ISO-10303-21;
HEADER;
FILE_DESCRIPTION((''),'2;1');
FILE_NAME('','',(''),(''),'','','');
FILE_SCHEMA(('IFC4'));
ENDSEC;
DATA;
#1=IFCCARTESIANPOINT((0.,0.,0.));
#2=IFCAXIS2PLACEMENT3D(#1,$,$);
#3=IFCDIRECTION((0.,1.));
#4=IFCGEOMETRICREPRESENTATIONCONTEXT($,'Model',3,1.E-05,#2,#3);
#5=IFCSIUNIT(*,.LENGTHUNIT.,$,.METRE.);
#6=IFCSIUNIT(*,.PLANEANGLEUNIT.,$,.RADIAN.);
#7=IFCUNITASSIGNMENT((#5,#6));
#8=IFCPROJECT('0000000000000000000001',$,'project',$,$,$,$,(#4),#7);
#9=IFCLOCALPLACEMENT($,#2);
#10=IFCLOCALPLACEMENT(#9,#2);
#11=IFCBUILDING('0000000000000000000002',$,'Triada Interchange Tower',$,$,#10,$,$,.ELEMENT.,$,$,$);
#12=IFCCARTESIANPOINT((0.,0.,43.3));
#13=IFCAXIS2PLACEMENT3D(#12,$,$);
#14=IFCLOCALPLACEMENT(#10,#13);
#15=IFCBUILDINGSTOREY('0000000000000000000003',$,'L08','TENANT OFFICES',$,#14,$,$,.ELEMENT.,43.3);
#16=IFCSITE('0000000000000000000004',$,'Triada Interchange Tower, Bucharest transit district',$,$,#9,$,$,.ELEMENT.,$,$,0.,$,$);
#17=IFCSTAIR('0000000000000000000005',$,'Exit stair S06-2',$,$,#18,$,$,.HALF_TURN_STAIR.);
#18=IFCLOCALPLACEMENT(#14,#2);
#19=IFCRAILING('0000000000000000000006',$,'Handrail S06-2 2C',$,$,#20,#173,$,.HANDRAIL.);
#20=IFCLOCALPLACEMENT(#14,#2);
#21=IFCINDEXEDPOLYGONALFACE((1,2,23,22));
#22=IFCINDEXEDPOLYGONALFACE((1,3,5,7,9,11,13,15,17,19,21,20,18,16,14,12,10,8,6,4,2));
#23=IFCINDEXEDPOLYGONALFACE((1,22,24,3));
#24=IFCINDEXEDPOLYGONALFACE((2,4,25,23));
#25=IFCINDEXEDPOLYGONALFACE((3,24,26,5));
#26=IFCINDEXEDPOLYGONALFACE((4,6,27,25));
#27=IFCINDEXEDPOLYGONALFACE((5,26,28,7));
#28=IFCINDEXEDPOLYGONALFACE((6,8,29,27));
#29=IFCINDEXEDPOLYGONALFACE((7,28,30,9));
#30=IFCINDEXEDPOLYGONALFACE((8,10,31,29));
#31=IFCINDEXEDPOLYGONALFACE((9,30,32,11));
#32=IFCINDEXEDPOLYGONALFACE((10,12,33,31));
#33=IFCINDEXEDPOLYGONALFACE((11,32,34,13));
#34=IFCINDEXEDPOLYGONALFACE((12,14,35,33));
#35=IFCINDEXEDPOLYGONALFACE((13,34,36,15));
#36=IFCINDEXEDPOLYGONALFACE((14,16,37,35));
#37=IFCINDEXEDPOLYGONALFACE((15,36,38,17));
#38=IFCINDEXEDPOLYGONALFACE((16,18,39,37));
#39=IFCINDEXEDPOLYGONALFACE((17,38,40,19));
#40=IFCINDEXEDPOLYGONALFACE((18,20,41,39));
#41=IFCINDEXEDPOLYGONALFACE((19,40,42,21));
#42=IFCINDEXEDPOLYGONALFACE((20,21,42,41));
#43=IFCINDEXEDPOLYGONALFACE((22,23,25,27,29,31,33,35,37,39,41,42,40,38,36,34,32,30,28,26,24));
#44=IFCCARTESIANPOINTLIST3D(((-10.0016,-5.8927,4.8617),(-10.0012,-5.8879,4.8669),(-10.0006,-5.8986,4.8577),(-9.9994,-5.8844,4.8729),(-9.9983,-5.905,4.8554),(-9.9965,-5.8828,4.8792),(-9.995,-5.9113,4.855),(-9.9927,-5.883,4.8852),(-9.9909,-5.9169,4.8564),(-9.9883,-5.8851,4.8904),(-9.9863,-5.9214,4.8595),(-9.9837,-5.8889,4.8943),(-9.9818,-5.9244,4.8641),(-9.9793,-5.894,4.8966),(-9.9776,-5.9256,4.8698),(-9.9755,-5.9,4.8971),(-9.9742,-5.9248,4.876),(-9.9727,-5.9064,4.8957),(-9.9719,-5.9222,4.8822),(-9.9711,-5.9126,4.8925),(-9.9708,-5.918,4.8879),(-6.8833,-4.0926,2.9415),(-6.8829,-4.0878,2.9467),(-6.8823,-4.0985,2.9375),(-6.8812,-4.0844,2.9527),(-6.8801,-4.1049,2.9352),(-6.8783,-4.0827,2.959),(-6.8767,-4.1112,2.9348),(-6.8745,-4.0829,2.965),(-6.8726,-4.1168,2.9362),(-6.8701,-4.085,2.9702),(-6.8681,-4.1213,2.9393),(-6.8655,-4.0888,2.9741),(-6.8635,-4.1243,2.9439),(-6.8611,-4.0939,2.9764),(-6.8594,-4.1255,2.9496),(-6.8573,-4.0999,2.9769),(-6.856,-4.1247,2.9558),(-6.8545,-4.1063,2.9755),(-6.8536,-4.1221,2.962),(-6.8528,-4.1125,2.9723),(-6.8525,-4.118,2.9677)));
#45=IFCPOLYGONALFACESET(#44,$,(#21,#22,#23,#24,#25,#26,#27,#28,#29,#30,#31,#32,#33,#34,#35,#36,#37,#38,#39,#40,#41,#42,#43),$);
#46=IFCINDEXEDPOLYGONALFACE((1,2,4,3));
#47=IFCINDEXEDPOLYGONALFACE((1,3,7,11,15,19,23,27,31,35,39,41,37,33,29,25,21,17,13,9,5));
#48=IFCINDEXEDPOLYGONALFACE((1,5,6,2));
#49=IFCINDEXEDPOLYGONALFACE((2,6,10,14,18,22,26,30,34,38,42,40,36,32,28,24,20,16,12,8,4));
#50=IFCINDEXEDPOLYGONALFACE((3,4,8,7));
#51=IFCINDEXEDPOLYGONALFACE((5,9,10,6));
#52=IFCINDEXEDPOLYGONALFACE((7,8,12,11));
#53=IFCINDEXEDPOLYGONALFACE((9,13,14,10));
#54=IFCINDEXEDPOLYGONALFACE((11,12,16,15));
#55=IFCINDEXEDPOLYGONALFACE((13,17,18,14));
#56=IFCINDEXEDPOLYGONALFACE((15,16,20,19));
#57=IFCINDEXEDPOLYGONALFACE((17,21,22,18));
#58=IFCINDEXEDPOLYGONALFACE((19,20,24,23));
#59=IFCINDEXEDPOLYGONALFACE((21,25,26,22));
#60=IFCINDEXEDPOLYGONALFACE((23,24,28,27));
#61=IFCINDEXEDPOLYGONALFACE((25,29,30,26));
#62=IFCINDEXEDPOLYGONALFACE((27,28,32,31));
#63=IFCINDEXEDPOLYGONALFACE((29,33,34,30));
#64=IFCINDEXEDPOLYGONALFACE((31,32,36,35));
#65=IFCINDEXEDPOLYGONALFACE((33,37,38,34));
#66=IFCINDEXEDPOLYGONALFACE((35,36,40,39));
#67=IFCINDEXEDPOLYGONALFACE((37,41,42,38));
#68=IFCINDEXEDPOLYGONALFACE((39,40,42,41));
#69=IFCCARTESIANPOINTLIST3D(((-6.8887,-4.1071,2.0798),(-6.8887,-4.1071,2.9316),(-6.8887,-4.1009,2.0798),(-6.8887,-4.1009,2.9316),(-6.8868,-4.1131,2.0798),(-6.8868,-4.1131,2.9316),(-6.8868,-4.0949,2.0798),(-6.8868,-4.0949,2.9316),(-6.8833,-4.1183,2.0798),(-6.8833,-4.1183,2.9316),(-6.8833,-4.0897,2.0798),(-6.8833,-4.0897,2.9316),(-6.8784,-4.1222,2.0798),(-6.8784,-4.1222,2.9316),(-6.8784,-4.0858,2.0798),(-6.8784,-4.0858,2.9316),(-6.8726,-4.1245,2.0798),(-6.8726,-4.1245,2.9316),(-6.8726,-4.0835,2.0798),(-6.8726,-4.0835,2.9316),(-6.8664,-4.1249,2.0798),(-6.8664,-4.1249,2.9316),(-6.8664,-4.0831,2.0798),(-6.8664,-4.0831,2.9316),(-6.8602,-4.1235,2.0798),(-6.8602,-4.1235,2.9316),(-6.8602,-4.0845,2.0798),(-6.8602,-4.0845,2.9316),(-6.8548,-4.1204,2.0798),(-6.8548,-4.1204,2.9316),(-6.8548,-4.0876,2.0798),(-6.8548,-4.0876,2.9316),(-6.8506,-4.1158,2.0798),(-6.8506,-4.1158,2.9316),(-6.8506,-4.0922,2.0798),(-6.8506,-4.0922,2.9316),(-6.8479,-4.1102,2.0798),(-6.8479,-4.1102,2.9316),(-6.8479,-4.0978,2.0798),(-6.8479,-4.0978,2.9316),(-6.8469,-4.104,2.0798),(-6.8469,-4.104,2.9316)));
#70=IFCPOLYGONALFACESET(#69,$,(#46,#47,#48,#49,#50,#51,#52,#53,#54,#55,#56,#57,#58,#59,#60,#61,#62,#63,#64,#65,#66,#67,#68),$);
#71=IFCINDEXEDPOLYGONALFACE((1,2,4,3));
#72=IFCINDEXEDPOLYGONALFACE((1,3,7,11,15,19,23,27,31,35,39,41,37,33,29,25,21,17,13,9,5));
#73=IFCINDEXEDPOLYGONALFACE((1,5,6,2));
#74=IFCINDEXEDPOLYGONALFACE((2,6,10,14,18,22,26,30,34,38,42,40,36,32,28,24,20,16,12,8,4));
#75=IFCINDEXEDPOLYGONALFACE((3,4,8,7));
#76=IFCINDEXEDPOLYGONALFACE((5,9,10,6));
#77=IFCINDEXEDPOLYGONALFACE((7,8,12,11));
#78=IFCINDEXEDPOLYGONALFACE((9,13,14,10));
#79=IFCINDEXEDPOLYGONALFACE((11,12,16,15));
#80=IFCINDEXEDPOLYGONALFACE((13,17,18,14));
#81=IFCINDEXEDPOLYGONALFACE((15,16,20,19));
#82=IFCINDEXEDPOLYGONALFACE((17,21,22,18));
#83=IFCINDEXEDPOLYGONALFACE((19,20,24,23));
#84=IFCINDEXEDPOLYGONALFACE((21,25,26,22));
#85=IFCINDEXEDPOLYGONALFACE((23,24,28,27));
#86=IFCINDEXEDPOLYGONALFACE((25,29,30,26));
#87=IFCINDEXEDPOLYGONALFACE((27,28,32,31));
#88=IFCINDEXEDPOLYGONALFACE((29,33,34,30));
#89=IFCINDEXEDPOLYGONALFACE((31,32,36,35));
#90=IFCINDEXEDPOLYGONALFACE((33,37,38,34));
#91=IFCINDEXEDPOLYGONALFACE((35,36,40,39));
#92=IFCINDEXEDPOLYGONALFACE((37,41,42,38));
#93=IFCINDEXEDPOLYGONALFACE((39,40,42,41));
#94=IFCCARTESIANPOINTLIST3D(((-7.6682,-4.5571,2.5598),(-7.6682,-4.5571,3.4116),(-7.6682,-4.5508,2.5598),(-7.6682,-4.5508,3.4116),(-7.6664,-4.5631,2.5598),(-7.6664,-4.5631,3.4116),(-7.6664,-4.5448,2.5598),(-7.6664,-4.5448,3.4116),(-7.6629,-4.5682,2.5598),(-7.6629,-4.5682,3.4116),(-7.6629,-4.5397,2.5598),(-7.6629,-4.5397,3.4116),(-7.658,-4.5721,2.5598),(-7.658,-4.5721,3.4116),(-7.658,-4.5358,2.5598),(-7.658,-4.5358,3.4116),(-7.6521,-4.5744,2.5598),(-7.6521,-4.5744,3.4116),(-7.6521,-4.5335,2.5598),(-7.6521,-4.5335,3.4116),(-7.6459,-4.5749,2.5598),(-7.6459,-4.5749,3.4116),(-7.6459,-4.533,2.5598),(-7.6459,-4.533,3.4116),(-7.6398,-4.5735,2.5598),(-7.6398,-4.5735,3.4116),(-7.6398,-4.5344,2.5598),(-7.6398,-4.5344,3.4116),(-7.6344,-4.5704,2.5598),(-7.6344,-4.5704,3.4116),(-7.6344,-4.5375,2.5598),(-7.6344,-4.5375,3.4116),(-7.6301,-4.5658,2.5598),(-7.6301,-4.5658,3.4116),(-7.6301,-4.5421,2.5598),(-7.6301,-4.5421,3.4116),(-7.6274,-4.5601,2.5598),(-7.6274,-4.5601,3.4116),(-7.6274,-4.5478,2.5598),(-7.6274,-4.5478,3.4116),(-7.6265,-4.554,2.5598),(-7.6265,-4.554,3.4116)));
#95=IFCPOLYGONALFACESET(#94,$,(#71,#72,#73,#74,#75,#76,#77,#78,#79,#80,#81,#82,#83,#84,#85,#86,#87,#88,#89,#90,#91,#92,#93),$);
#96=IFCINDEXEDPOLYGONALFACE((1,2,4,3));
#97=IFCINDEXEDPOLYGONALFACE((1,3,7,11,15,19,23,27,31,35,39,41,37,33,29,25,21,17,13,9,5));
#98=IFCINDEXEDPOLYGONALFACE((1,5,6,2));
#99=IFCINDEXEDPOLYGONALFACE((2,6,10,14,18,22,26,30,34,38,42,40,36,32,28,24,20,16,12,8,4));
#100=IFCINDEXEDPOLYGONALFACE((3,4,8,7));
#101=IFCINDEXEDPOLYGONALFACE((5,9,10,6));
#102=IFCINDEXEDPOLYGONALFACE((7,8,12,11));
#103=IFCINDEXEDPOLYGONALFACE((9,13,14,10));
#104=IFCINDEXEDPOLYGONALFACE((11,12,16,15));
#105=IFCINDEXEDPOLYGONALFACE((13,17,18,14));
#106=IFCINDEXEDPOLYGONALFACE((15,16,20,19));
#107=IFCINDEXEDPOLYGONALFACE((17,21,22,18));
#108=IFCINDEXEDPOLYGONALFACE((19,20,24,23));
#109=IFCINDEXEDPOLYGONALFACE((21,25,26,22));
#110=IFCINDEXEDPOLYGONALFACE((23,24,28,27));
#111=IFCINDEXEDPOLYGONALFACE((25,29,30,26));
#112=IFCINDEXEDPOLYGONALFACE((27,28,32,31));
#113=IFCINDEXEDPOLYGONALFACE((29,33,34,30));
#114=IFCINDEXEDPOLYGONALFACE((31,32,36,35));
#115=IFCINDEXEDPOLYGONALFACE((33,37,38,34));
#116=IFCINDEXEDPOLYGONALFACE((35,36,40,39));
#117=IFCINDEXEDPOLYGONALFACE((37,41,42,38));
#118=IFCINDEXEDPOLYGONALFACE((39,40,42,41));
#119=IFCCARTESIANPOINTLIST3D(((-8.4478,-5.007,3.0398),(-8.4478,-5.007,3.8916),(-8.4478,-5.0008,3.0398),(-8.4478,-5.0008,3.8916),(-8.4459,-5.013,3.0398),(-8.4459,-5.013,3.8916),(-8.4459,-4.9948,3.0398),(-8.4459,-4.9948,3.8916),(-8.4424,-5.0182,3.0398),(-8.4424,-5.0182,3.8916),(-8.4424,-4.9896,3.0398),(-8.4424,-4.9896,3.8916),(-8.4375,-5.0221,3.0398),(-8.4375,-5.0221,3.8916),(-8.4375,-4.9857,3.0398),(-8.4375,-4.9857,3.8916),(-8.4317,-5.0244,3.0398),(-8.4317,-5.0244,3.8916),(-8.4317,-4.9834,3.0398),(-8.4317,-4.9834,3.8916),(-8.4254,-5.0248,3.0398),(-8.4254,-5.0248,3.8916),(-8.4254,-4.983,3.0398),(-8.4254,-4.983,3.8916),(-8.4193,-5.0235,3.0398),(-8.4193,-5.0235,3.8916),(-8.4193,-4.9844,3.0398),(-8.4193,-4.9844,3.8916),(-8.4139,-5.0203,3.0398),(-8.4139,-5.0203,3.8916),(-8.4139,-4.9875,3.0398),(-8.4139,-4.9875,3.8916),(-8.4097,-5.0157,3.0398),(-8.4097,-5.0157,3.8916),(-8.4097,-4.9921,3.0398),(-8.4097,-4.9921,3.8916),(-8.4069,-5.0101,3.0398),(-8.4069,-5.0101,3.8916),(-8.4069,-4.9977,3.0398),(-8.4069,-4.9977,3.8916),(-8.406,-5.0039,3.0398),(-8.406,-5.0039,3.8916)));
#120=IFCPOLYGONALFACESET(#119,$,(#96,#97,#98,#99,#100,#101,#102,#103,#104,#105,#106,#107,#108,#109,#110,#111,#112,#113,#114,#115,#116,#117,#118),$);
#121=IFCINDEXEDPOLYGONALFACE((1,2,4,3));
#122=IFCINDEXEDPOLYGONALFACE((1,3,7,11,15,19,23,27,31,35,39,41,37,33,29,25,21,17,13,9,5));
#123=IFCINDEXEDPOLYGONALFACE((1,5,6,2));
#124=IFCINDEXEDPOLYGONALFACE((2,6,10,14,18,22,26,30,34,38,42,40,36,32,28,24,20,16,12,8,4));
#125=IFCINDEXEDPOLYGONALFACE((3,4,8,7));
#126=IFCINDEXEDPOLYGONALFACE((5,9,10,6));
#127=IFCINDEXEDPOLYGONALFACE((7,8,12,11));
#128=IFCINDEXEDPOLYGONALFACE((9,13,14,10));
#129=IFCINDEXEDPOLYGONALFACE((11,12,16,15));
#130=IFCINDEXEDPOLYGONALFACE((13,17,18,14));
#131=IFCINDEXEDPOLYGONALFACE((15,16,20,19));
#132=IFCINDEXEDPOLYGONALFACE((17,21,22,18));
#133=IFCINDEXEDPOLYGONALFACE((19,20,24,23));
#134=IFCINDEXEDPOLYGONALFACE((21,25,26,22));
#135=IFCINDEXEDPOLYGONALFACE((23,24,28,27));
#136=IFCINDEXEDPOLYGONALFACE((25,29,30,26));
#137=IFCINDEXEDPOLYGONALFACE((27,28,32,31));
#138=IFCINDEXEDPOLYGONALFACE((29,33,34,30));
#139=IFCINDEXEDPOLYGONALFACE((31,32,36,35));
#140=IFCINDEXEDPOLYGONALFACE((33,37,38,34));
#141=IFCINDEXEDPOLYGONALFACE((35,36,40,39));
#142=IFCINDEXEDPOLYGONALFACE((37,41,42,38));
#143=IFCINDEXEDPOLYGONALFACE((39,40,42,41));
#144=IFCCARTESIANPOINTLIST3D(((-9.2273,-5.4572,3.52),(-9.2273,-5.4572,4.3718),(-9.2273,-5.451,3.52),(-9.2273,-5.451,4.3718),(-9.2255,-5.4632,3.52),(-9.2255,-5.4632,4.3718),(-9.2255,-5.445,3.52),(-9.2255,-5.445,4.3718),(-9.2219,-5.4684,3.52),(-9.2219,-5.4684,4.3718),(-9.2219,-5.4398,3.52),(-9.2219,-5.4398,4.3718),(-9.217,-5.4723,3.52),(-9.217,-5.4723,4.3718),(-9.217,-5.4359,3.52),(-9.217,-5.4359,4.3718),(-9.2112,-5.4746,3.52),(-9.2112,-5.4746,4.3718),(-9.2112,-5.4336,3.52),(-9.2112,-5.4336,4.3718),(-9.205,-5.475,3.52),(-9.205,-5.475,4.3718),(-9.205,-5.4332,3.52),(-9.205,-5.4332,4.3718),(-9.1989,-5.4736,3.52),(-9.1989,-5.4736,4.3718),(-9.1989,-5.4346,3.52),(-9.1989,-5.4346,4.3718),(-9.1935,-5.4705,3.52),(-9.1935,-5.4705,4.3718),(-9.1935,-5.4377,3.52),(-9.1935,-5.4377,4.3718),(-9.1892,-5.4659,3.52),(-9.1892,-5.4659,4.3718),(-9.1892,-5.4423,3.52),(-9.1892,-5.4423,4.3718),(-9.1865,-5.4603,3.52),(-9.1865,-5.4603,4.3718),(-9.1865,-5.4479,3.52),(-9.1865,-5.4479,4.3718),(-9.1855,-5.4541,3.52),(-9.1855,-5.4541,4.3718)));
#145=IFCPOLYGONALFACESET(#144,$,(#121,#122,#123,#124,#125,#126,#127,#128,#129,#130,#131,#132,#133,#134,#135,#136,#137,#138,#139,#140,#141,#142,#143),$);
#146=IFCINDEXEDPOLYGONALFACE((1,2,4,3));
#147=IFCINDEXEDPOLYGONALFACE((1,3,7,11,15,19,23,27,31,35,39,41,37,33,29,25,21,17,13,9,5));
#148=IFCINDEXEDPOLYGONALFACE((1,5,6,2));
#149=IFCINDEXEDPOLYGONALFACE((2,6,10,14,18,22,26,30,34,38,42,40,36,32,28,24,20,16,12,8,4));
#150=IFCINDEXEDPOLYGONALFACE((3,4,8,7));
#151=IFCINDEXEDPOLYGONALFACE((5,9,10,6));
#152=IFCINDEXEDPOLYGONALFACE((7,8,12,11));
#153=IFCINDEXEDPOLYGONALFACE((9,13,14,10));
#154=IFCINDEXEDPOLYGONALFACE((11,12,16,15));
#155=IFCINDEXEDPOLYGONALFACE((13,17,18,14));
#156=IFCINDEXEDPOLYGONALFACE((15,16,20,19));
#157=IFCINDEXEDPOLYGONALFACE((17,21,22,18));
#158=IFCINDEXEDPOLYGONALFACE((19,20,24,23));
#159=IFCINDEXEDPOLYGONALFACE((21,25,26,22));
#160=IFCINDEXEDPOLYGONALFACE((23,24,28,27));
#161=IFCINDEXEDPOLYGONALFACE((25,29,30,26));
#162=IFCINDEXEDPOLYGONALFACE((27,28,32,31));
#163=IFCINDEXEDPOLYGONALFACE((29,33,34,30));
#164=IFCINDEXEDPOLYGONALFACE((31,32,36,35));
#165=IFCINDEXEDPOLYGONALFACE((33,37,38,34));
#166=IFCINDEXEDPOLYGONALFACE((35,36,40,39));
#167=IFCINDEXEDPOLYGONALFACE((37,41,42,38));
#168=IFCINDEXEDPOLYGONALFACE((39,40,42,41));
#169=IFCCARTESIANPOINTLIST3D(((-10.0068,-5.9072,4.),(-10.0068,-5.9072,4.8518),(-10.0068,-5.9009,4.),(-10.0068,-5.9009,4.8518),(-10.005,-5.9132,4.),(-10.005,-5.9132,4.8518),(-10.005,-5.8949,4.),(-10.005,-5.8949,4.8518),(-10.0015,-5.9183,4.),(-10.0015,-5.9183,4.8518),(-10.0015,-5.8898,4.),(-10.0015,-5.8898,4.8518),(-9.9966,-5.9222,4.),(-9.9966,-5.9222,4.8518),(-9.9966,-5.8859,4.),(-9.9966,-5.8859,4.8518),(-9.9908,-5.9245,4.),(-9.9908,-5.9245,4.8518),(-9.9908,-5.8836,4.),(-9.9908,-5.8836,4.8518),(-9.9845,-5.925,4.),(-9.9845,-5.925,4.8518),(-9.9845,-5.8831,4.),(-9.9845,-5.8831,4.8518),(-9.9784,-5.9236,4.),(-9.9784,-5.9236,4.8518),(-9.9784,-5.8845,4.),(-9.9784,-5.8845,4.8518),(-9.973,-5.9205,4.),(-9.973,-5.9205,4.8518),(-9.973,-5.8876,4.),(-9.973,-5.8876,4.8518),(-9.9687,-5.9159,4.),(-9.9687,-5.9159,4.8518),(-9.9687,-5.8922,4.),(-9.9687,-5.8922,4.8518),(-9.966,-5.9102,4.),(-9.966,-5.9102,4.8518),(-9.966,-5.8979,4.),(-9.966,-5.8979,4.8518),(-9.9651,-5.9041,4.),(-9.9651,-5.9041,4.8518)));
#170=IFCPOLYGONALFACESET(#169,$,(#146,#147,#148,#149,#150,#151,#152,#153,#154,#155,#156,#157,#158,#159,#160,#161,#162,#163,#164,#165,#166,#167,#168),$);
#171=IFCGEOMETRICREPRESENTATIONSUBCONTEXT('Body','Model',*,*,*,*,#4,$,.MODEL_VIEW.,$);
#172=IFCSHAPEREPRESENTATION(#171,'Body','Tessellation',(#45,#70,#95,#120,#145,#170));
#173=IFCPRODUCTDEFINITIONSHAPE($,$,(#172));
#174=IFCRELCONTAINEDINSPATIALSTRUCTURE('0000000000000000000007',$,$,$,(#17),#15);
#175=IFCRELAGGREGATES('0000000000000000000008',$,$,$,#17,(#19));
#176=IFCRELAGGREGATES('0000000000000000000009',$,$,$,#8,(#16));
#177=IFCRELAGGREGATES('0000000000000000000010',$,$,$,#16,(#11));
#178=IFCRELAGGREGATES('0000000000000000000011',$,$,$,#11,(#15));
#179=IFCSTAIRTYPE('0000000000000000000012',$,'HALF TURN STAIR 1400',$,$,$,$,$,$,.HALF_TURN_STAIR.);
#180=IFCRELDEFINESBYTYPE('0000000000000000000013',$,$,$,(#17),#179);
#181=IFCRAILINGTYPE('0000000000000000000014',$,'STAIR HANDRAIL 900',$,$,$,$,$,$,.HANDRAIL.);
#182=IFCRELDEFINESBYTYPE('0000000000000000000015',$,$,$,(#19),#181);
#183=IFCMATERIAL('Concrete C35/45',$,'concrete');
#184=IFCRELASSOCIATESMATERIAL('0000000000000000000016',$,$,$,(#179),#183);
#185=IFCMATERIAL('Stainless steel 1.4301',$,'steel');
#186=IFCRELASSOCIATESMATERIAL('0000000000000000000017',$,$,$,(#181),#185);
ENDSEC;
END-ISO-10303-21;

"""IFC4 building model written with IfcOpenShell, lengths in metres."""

from ifc_helpers import new_model, si_unit, direction, frame, origin, origin_2d, place, context, subcontext, project, spatial, circle, extrude, material, type_object, element, aggregate, save


model = new_model("IFC4")

# Units and contexts
model_context = context("Model", 3, precision=1e-05, world=origin(), true_north=direction((0.0, 1.0)))
body_context = subcontext(model_context, "Body", "Model", "MODEL_VIEW")
ifc_project = project(units=[si_unit("LENGTHUNIT", "METRE"), si_unit("PLANEANGLEUNIT", "RADIAN")], contexts=[model_context])

# Site, building, storey
site_placement = place(None, origin())
site = spatial("IfcSite", under=ifc_project, at=site_placement, Name="Triada Interchange Tower, Bucharest transit district", CompositionType="ELEMENT", RefElevation=0.0)
building_placement = place(site_placement, origin())
building = spatial("IfcBuilding", under=site, at=building_placement, Name="Triada Interchange Tower", CompositionType="ELEMENT")
storey_placement = place(building_placement, frame((0.0, 0.0, 43.3)))
storey = spatial("IfcBuildingStorey", under=building, at=storey_placement, Name="L08", Description="TENANT OFFICES", CompositionType="ELEMENT", Elevation=43.3)

# Stair, railing
ifc_material_1 = material(Name="Concrete C35/45", Category="concrete")
stair_type = type_object("IfcStairType", Name="HALF TURN STAIR 1400", PredefinedType="HALF_TURN_STAIR", material=ifc_material_1)
stair_placement = place(storey_placement, origin())
stair = element("IfcStair", 1, at=stair_placement, inside=storey, type_object=stair_type, Name="Exit stair S06-2", PredefinedType="HALF_TURN_STAIR")
ifc_material_2 = material(Name="Stainless steel 1.4301", Category="steel")
railing_type = type_object("IfcRailingType", Name="STAIR HANDRAIL 900", PredefinedType="HANDRAIL", material=ifc_material_2)
railing_1_placement = place(storey_placement, frame((-6.8679, -4.104, 2.0798)))
railing_1 = element("IfcRailing", 2, at=railing_1_placement, type_object=railing_type, Name="Handrail S06-2 2C", PredefinedType="HANDRAIL", context=body_context, shape_type="SweptSolid", body=[
    extrude(circle(Radius=0.0239, at=origin_2d()), frame((0.0, 0.0, 0.876), z_axis=(-0.76417, -0.441139, 0.470576), x_axis=(0.499953, -0.866052, 0.0)), (0.0, 0.0, 1.0), 4.0806),
    extrude(circle(Radius=0.021, at=origin_2d()), origin(), (0.0, 0.0, 1.0), 0.8518),
    extrude(circle(Radius=0.021, at=origin_2d()), frame((-0.7795, -0.45, 0.48)), (0.0, 0.0, 1.0), 0.8518),
    extrude(circle(Radius=0.021, at=origin_2d()), frame((-1.5591, -0.8999, 0.96)), (0.0, 0.0, 1.0), 0.8518),
    extrude(circle(Radius=0.021, at=origin_2d()), frame((-2.3386, -1.3501, 1.4402)), (0.0, 0.0, 1.0), 0.8518),
    extrude(circle(Radius=0.021, at=origin_2d()), frame((-3.1182, -1.8, 1.9202)), (0.0, 0.0, 1.0), 0.8518),
])
aggregate(stair, [railing_1])

save(model, "model.ifc")
